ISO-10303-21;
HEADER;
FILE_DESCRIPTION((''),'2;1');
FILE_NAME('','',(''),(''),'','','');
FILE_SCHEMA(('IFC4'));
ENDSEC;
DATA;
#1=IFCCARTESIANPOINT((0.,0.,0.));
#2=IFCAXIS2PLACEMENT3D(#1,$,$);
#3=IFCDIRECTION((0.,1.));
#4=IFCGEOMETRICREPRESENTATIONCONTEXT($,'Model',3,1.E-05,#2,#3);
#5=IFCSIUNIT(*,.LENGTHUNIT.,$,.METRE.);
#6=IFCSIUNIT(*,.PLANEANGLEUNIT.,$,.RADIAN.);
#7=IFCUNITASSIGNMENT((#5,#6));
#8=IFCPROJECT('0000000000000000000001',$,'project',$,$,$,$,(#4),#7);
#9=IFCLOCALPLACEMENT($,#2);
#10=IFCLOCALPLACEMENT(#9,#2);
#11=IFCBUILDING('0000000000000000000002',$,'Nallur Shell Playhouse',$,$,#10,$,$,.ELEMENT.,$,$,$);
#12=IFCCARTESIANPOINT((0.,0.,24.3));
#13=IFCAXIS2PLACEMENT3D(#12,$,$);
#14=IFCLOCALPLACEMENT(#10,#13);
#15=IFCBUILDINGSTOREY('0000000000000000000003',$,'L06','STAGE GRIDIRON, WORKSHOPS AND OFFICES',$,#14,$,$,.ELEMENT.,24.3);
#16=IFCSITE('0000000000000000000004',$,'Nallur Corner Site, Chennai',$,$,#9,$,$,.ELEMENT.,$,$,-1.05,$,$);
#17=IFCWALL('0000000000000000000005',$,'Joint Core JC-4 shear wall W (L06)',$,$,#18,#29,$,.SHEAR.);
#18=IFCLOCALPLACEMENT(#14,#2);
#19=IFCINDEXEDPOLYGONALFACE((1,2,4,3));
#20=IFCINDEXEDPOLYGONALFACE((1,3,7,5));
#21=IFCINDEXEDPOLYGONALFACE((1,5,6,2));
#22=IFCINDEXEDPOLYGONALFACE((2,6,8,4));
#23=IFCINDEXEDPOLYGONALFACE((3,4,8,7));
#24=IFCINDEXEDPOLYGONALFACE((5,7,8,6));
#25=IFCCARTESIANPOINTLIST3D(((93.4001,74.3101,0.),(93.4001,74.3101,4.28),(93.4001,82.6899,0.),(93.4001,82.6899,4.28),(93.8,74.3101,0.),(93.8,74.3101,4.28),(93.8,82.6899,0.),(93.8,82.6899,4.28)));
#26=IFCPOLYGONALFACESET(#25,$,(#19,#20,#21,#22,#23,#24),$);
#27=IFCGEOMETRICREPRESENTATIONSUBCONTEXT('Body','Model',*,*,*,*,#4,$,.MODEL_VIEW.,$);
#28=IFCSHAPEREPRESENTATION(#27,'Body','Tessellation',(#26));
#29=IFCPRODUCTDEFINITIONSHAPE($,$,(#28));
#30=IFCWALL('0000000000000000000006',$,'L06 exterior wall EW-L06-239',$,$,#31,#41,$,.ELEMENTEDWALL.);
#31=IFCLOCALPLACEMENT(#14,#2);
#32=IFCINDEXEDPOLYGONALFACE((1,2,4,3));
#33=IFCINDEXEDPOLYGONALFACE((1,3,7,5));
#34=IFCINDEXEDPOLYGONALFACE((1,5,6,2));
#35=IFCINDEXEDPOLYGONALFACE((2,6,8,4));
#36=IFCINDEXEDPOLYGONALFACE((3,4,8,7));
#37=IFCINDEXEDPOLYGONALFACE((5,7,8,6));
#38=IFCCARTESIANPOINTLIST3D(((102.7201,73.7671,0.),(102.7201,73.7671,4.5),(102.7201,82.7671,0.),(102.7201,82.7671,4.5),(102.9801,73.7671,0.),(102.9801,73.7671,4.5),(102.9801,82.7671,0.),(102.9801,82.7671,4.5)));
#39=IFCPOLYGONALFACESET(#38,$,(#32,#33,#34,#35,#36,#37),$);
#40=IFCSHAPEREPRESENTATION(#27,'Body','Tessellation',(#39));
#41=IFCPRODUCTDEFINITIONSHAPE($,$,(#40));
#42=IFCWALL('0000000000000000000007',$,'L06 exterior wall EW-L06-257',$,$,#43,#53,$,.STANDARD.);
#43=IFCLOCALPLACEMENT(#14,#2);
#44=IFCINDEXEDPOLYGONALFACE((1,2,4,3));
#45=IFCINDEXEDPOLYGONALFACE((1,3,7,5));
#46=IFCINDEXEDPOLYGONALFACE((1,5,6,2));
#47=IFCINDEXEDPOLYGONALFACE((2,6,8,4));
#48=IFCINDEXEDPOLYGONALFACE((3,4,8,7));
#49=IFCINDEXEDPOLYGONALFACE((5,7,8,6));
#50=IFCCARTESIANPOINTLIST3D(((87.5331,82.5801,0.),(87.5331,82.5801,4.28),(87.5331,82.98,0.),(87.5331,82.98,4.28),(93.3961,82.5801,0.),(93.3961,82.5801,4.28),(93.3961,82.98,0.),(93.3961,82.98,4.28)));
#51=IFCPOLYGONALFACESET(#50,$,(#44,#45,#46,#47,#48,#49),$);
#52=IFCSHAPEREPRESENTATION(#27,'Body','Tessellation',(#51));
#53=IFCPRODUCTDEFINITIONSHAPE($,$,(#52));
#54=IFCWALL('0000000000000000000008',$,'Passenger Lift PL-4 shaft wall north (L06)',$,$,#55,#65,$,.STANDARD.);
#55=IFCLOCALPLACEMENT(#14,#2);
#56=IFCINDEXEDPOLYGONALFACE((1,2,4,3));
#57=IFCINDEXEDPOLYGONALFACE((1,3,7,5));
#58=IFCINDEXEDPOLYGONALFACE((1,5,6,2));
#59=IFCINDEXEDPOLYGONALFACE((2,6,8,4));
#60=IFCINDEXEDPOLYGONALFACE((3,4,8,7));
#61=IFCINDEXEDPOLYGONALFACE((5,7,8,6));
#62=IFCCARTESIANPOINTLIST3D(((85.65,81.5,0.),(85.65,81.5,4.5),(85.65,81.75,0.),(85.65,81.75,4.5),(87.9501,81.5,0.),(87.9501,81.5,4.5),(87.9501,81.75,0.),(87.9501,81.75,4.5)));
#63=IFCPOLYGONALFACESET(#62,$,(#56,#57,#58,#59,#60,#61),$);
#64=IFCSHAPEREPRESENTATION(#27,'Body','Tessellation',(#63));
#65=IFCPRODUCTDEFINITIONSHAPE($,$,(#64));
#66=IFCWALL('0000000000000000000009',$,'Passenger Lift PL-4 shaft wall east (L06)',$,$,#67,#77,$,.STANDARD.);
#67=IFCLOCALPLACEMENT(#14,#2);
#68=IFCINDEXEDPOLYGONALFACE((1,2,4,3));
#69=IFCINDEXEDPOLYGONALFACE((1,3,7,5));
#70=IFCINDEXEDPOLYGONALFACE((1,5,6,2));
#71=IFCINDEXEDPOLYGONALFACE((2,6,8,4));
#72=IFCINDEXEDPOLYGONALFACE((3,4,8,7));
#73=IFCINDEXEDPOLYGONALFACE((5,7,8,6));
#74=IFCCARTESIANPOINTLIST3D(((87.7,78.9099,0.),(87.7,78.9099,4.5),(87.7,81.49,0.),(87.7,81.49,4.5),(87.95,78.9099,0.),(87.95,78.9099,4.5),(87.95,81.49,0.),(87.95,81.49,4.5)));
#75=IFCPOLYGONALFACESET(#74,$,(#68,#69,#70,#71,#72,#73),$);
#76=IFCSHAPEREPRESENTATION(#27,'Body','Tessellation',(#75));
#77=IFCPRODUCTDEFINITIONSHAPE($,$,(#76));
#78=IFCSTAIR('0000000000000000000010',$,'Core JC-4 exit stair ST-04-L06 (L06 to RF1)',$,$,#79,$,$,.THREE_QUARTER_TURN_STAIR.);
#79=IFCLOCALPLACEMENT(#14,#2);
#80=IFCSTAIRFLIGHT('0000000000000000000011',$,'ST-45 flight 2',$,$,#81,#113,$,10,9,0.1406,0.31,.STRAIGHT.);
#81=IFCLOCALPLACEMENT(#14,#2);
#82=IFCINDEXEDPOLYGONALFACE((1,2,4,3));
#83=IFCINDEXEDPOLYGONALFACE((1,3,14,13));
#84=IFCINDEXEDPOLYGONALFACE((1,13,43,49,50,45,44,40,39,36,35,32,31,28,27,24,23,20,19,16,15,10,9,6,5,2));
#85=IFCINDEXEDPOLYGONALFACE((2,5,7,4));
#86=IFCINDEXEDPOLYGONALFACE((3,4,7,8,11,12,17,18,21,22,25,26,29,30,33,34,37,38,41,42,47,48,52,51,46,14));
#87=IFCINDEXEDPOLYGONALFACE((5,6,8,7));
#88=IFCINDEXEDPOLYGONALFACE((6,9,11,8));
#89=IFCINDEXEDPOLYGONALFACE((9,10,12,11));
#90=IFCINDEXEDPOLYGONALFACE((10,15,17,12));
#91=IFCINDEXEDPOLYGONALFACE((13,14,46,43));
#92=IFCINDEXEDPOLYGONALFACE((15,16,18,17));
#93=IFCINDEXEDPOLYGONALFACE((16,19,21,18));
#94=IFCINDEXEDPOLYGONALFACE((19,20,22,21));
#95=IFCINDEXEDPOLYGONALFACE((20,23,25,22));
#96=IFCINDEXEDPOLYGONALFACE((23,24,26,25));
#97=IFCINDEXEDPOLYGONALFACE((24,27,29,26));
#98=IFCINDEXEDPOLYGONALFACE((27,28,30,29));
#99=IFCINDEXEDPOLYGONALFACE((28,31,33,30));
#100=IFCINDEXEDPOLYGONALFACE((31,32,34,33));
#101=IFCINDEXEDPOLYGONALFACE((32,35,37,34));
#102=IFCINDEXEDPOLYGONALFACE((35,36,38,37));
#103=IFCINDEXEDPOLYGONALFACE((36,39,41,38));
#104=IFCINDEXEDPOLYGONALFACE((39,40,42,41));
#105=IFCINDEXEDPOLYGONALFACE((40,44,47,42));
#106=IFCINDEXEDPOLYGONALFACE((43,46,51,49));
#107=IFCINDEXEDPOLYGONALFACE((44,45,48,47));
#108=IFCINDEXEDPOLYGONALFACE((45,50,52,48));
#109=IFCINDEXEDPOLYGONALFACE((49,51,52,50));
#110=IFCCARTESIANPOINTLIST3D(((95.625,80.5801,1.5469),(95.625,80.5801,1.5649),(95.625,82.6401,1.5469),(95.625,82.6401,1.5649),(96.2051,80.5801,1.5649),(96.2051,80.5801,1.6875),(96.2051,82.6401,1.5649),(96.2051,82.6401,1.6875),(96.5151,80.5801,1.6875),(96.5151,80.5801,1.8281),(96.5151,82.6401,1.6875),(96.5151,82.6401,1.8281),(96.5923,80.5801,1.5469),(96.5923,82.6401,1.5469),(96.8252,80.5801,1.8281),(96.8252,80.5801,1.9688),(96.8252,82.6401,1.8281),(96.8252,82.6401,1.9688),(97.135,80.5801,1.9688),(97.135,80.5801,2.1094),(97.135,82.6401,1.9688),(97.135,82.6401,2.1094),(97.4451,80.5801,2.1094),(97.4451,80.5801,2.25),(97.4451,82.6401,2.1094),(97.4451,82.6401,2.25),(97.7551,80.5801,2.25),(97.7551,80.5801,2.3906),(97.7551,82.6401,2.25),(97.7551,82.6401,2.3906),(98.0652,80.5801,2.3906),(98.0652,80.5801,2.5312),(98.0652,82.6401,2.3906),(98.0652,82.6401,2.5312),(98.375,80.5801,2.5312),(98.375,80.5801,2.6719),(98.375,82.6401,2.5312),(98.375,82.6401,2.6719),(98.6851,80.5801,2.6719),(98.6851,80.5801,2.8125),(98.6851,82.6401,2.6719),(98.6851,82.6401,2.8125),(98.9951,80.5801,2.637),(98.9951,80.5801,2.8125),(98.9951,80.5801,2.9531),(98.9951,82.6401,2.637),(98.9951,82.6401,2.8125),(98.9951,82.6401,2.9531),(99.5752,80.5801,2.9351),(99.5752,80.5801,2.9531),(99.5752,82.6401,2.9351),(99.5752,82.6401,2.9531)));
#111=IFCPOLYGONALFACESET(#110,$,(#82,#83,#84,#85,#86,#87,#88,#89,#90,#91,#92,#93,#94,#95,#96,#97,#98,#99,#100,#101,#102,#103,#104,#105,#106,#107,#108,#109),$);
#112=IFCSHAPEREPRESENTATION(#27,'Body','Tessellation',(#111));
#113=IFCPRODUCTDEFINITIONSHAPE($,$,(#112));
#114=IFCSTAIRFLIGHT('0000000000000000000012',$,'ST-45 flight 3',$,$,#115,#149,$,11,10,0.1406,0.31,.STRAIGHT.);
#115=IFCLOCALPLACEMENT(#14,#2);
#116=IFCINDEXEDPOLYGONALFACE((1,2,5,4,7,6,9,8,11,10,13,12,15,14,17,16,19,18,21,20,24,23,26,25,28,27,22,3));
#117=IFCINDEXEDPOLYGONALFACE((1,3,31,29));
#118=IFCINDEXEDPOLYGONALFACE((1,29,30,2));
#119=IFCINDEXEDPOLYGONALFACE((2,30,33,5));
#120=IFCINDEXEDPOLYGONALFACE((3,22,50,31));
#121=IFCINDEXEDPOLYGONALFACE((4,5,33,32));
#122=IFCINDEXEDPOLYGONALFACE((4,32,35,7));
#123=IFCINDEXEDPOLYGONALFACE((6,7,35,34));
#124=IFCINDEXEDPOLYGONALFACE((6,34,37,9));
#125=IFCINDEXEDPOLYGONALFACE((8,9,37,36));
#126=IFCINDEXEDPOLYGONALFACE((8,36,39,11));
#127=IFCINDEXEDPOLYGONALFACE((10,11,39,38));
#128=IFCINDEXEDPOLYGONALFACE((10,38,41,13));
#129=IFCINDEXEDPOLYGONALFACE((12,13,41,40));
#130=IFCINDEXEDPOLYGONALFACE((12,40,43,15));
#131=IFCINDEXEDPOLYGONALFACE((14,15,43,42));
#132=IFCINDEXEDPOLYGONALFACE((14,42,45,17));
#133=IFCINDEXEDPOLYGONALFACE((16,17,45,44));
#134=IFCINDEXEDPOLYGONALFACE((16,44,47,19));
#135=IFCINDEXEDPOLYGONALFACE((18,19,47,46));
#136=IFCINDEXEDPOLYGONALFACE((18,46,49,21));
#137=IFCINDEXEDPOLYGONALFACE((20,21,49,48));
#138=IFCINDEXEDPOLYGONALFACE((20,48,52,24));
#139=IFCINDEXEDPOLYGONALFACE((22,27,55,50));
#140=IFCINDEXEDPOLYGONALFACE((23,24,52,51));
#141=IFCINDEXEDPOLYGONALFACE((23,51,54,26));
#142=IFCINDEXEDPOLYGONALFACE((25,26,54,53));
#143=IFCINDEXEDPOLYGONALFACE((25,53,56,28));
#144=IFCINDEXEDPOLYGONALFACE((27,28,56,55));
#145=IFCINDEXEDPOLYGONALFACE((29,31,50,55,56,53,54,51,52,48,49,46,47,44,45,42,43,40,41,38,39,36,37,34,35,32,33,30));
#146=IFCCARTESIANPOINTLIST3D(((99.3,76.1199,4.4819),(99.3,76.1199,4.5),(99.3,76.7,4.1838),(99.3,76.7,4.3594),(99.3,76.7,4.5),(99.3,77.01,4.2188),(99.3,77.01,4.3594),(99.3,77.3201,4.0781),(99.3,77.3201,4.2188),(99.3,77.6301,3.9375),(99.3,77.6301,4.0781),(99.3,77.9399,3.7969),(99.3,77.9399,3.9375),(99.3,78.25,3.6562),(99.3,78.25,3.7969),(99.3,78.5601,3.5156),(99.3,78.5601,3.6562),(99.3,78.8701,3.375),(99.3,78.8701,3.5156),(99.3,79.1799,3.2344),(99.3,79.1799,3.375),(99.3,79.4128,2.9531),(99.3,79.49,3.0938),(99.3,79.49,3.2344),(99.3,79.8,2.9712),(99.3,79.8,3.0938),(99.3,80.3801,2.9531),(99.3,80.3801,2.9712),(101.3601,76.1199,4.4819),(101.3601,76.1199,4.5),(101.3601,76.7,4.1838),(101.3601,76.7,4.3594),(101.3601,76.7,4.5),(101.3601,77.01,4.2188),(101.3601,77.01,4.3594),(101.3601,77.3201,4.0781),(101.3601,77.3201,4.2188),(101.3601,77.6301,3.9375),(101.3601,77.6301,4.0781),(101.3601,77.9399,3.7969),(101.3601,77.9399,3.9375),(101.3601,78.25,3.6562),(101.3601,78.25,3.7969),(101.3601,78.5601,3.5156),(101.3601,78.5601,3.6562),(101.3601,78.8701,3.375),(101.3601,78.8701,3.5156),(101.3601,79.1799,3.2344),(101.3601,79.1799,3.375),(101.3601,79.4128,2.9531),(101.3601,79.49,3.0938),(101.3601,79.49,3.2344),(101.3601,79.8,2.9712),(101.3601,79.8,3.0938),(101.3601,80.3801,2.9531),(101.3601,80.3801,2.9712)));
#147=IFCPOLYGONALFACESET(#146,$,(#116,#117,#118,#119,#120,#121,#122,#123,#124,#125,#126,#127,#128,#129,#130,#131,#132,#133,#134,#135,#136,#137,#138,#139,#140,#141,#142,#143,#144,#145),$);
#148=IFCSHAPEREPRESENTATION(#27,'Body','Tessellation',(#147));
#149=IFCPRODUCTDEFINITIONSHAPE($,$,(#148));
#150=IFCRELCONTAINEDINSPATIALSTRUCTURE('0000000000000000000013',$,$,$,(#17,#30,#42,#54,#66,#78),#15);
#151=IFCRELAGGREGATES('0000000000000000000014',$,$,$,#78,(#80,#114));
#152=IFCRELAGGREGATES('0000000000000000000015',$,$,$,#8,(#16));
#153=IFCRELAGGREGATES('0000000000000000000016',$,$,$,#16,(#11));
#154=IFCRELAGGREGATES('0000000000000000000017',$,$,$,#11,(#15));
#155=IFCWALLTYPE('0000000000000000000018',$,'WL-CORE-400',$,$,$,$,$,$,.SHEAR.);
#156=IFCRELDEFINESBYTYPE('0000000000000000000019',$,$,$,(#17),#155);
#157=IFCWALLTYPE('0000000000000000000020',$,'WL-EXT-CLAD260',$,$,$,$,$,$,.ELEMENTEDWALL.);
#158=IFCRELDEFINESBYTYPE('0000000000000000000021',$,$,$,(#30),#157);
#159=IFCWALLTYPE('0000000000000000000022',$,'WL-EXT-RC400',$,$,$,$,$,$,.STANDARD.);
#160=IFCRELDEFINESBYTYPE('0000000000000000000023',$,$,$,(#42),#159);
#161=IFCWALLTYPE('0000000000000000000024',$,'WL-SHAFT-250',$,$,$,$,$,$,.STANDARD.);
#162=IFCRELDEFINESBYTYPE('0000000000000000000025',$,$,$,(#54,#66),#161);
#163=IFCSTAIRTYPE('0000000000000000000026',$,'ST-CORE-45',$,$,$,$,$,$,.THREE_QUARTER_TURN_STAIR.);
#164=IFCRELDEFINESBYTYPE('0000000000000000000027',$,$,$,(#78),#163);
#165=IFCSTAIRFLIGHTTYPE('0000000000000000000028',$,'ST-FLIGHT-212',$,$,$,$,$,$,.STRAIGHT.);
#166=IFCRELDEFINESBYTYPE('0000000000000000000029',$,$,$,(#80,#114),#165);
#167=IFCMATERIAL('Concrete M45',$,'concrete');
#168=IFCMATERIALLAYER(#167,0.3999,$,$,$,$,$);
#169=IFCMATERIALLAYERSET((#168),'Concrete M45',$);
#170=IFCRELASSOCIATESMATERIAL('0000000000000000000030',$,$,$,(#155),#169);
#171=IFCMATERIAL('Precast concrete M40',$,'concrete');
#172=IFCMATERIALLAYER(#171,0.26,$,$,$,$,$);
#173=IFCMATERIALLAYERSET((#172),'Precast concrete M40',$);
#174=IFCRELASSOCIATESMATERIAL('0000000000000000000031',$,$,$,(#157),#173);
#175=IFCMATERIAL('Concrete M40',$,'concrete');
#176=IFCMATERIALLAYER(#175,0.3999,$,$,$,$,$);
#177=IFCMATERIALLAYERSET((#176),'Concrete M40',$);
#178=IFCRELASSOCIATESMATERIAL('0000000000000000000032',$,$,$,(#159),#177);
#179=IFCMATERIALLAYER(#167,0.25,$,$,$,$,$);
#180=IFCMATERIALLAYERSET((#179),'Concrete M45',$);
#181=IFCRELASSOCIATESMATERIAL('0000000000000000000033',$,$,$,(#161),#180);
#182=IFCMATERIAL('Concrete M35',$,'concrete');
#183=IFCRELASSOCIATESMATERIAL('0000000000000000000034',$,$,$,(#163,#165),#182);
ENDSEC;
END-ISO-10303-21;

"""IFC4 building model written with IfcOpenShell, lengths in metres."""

from ifc_helpers import new_model, si_unit, direction, frame, frame_2d, origin, place, context, subcontext, project, spatial, polyline, rectangle, outline, extrude, material, layer, layer_set, type_object, element, aggregate, save


model = new_model("IFC4")

# Units and contexts
model_context = context("Model", 3, precision=1e-05, world=origin(), true_north=direction((0.0, 1.0)))
body_context = subcontext(model_context, "Body", "Model", "MODEL_VIEW")
ifc_project = project(units=[si_unit("LENGTHUNIT", "METRE"), si_unit("PLANEANGLEUNIT", "RADIAN")], contexts=[model_context])

# Site, building, storey
site_placement = place(None, origin())
site = spatial("IfcSite", under=ifc_project, at=site_placement, Name="Nallur Corner Site, Chennai", CompositionType="ELEMENT", RefElevation=-1.05)
building_placement = place(site_placement, origin())
building = spatial("IfcBuilding", under=site, at=building_placement, Name="Nallur Shell Playhouse", CompositionType="ELEMENT")
storey_placement = place(building_placement, frame((0.0, 0.0, 24.3)))
storey = spatial("IfcBuildingStorey", under=building, at=storey_placement, Name="L06", Description="STAGE GRIDIRON, WORKSHOPS AND OFFICES", CompositionType="ELEMENT", Elevation=24.3)

# Shared definitions
ifc_material_1 = material(Name="Concrete M35", Category="concrete")

# Walls
ifc_material_2 = material(Name="Concrete M45", Category="concrete")
ifc_layer_1 = layer(ifc_material_2, 0.3999)
ifc_layer_set_1 = layer_set([ifc_layer_1], Name="Concrete M45")
wall_type_1 = type_object("IfcWallType", Name="WL-CORE-400", PredefinedType="SHEAR", material=ifc_layer_set_1)
wall_1_placement = place(storey_placement, frame((93.6001, 82.6899, 0.0), z_axis=(0.0, 0.0, 1.0), x_axis=(0.0, -1.0, 0.0)))
element("IfcWall", 1, at=wall_1_placement, inside=storey, type_object=wall_type_1, Name="Joint Core JC-4 shear wall W (L06)", PredefinedType="SHEAR", context=body_context, shape_type="SweptSolid", body=[
    extrude(rectangle(XDim=8.3799, YDim=0.3999, at=frame_2d((4.1899, 0.0))), origin(), (0.0, 0.0, 1.0), 4.28),
])
ifc_material_3 = material(Name="Precast concrete M40", Category="concrete")
ifc_layer_2 = layer(ifc_material_3, 0.26)
ifc_layer_set_2 = layer_set([ifc_layer_2], Name="Precast concrete M40")
wall_type_2 = type_object("IfcWallType", Name="WL-EXT-CLAD260", PredefinedType="ELEMENTEDWALL", material=ifc_layer_set_2)
wall_2_placement = place(storey_placement, frame((102.8501, 82.7671, 0.0), z_axis=(0.0, 0.0, 1.0), x_axis=(0.0, -1.0, 0.0)))
element("IfcWall", 2, at=wall_2_placement, inside=storey, type_object=wall_type_2, Name="L06 exterior wall EW-L06-239", PredefinedType="ELEMENTEDWALL", context=body_context, shape_type="SweptSolid", body=[
    extrude(rectangle(XDim=9.0, YDim=0.26, at=frame_2d((4.5, 0.0))), origin(), (0.0, 0.0, 1.0), 4.5),
])
ifc_material_4 = material(Name="Concrete M40", Category="concrete")
ifc_layer_3 = layer(ifc_material_4, 0.3999)
ifc_layer_set_3 = layer_set([ifc_layer_3], Name="Concrete M40")
wall_type_3 = type_object("IfcWallType", Name="WL-EXT-RC400", PredefinedType="STANDARD", material=ifc_layer_set_3)
wall_3_placement = place(storey_placement, frame((87.533, 82.78, 0.0), z_axis=(0.0, 0.0, 1.0), x_axis=(1.0, 0.0, 0.0)))
element("IfcWall", 3, at=wall_3_placement, inside=storey, type_object=wall_type_3, Name="L06 exterior wall EW-L06-257", PredefinedType="STANDARD", context=body_context, shape_type="SweptSolid", body=[
    extrude(rectangle(XDim=5.863, YDim=0.3999, at=frame_2d((2.9316, 0.0))), origin(), (0.0, 0.0, 1.0), 4.28),
])
ifc_layer_4 = layer(ifc_material_2, 0.25)
ifc_layer_set_4 = layer_set([ifc_layer_4], Name="Concrete M45")
wall_type_4 = type_object("IfcWallType", Name="WL-SHAFT-250", PredefinedType="STANDARD", material=ifc_layer_set_4)
wall_4_placement = place(storey_placement, frame((87.95, 81.625, 0.0), z_axis=(0.0, 0.0, 1.0), x_axis=(-1.0, 0.0, 0.0)))
element("IfcWall", 4, at=wall_4_placement, inside=storey, type_object=wall_type_4, Name="Passenger Lift PL-4 shaft wall north (L06)", PredefinedType="STANDARD", context=body_context, shape_type="SweptSolid", body=[
    extrude(rectangle(XDim=2.3, YDim=0.25, at=frame_2d((1.1499, 0.0))), origin(), (0.0, 0.0, 1.0), 4.5),
])
wall_5_placement = place(storey_placement, frame((87.825, 78.9099, 0.0), z_axis=(0.0, 0.0, 1.0), x_axis=(0.0, 1.0, 0.0)))
element("IfcWall", 5, at=wall_5_placement, inside=storey, type_object=wall_type_4, Name="Passenger Lift PL-4 shaft wall east (L06)", PredefinedType="STANDARD", context=body_context, shape_type="SweptSolid", body=[
    extrude(rectangle(XDim=2.5801, YDim=0.25, at=frame_2d((1.29, 0.0))), origin(), (0.0, 0.0, 1.0), 4.5),
])

# Stair, stair flights
stair_type = type_object("IfcStairType", Name="ST-CORE-45", PredefinedType="THREE_QUARTER_TURN_STAIR", material=ifc_material_1)
stair_placement = place(storey_placement, origin())
stair = element("IfcStair", 6, at=stair_placement, inside=storey, type_object=stair_type, Name="Core JC-4 exit stair ST-04-L06 (L06 to RF1)", PredefinedType="THREE_QUARTER_TURN_STAIR")
stair_flight_type = type_object("IfcStairFlightType", Name="ST-FLIGHT-212", PredefinedType="STRAIGHT", material=ifc_material_1)
stair_flight_1_placement = place(storey_placement, frame((96.2051, 81.6101, 1.5469), z_axis=(0.0, 0.0, 1.0), x_axis=(1.0, 0.0, 0.0)))
stair_flight_1 = element("IfcStairFlight", 7, at=stair_flight_1_placement, type_object=stair_flight_type, Name="ST-45 flight 2", NumberOfRisers=10, NumberOfTreads=9, PredefinedType="STRAIGHT", RiserHeight=0.1406, TreadLength=0.31, context=body_context, shape_type="SweptSolid", body=[
    extrude(outline(polyline([(-0.5801, 0.0), (-0.5801, 0.0181), (0.0, 0.0181), (0.0, 0.1406), (0.3101, 0.1406), (0.3101, 0.2812), (0.6201, 0.2812), (0.6201, 0.4219), (0.9299, 0.4219), (0.9299, 0.5625), (1.24, 0.5625), (1.24, 0.7031), (1.55, 0.7031), (1.55, 0.8438), (1.8601, 0.8438), (1.8601, 0.9844), (2.1699, 0.9844), (2.1699, 1.125), (2.48, 1.125), (2.48, 1.2656), (2.79, 1.2656), (2.79, 1.4062), (3.3701, 1.4062), (3.3701, 1.3882), (2.79, 1.0901), (0.3872, 0.0), (-0.5801, 0.0)])), frame((0.0, 1.03, 0.0), z_axis=(0.0, -1.0, 0.0), x_axis=(1.0, 0.0, 0.0)), (0.0, 0.0, 1.0), 2.0601),
])
stair_flight_2_placement = place(storey_placement, frame((100.3301, 79.8, 2.9531), z_axis=(0.0, 0.0, 1.0), x_axis=(0.0, -1.0, 0.0)))
stair_flight_2 = element("IfcStairFlight", 8, at=stair_flight_2_placement, type_object=stair_flight_type, Name="ST-45 flight 3", NumberOfRisers=11, NumberOfTreads=10, PredefinedType="STRAIGHT", RiserHeight=0.1406, TreadLength=0.31, context=body_context, shape_type="SweptSolid", body=[
    extrude(outline(polyline([(-0.5801, 0.0), (-0.5801, 0.0181), (0.0, 0.0181), (0.0, 0.1406), (0.3101, 0.1406), (0.3101, 0.2812), (0.6201, 0.2812), (0.6201, 0.4219), (0.9299, 0.4219), (0.9299, 0.5625), (1.24, 0.5625), (1.24, 0.7031), (1.55, 0.7031), (1.55, 0.8438), (1.8601, 0.8438), (1.8601, 0.9844), (2.1699, 0.9844), (2.1699, 1.125), (2.48, 1.125), (2.48, 1.2656), (2.79, 1.2656), (2.79, 1.4062), (3.1001, 1.4062), (3.1001, 1.5469), (3.6802, 1.5469), (3.6802, 1.5288), (3.1001, 1.2307), (0.3872, 0.0), (-0.5801, 0.0)])), frame((0.0, 1.03, 0.0), z_axis=(0.0, -1.0, 0.0), x_axis=(1.0, 0.0, 0.0)), (0.0, 0.0, 1.0), 2.0601),
])
aggregate(stair, [stair_flight_1, stair_flight_2])

save(model, "model.ifc")
